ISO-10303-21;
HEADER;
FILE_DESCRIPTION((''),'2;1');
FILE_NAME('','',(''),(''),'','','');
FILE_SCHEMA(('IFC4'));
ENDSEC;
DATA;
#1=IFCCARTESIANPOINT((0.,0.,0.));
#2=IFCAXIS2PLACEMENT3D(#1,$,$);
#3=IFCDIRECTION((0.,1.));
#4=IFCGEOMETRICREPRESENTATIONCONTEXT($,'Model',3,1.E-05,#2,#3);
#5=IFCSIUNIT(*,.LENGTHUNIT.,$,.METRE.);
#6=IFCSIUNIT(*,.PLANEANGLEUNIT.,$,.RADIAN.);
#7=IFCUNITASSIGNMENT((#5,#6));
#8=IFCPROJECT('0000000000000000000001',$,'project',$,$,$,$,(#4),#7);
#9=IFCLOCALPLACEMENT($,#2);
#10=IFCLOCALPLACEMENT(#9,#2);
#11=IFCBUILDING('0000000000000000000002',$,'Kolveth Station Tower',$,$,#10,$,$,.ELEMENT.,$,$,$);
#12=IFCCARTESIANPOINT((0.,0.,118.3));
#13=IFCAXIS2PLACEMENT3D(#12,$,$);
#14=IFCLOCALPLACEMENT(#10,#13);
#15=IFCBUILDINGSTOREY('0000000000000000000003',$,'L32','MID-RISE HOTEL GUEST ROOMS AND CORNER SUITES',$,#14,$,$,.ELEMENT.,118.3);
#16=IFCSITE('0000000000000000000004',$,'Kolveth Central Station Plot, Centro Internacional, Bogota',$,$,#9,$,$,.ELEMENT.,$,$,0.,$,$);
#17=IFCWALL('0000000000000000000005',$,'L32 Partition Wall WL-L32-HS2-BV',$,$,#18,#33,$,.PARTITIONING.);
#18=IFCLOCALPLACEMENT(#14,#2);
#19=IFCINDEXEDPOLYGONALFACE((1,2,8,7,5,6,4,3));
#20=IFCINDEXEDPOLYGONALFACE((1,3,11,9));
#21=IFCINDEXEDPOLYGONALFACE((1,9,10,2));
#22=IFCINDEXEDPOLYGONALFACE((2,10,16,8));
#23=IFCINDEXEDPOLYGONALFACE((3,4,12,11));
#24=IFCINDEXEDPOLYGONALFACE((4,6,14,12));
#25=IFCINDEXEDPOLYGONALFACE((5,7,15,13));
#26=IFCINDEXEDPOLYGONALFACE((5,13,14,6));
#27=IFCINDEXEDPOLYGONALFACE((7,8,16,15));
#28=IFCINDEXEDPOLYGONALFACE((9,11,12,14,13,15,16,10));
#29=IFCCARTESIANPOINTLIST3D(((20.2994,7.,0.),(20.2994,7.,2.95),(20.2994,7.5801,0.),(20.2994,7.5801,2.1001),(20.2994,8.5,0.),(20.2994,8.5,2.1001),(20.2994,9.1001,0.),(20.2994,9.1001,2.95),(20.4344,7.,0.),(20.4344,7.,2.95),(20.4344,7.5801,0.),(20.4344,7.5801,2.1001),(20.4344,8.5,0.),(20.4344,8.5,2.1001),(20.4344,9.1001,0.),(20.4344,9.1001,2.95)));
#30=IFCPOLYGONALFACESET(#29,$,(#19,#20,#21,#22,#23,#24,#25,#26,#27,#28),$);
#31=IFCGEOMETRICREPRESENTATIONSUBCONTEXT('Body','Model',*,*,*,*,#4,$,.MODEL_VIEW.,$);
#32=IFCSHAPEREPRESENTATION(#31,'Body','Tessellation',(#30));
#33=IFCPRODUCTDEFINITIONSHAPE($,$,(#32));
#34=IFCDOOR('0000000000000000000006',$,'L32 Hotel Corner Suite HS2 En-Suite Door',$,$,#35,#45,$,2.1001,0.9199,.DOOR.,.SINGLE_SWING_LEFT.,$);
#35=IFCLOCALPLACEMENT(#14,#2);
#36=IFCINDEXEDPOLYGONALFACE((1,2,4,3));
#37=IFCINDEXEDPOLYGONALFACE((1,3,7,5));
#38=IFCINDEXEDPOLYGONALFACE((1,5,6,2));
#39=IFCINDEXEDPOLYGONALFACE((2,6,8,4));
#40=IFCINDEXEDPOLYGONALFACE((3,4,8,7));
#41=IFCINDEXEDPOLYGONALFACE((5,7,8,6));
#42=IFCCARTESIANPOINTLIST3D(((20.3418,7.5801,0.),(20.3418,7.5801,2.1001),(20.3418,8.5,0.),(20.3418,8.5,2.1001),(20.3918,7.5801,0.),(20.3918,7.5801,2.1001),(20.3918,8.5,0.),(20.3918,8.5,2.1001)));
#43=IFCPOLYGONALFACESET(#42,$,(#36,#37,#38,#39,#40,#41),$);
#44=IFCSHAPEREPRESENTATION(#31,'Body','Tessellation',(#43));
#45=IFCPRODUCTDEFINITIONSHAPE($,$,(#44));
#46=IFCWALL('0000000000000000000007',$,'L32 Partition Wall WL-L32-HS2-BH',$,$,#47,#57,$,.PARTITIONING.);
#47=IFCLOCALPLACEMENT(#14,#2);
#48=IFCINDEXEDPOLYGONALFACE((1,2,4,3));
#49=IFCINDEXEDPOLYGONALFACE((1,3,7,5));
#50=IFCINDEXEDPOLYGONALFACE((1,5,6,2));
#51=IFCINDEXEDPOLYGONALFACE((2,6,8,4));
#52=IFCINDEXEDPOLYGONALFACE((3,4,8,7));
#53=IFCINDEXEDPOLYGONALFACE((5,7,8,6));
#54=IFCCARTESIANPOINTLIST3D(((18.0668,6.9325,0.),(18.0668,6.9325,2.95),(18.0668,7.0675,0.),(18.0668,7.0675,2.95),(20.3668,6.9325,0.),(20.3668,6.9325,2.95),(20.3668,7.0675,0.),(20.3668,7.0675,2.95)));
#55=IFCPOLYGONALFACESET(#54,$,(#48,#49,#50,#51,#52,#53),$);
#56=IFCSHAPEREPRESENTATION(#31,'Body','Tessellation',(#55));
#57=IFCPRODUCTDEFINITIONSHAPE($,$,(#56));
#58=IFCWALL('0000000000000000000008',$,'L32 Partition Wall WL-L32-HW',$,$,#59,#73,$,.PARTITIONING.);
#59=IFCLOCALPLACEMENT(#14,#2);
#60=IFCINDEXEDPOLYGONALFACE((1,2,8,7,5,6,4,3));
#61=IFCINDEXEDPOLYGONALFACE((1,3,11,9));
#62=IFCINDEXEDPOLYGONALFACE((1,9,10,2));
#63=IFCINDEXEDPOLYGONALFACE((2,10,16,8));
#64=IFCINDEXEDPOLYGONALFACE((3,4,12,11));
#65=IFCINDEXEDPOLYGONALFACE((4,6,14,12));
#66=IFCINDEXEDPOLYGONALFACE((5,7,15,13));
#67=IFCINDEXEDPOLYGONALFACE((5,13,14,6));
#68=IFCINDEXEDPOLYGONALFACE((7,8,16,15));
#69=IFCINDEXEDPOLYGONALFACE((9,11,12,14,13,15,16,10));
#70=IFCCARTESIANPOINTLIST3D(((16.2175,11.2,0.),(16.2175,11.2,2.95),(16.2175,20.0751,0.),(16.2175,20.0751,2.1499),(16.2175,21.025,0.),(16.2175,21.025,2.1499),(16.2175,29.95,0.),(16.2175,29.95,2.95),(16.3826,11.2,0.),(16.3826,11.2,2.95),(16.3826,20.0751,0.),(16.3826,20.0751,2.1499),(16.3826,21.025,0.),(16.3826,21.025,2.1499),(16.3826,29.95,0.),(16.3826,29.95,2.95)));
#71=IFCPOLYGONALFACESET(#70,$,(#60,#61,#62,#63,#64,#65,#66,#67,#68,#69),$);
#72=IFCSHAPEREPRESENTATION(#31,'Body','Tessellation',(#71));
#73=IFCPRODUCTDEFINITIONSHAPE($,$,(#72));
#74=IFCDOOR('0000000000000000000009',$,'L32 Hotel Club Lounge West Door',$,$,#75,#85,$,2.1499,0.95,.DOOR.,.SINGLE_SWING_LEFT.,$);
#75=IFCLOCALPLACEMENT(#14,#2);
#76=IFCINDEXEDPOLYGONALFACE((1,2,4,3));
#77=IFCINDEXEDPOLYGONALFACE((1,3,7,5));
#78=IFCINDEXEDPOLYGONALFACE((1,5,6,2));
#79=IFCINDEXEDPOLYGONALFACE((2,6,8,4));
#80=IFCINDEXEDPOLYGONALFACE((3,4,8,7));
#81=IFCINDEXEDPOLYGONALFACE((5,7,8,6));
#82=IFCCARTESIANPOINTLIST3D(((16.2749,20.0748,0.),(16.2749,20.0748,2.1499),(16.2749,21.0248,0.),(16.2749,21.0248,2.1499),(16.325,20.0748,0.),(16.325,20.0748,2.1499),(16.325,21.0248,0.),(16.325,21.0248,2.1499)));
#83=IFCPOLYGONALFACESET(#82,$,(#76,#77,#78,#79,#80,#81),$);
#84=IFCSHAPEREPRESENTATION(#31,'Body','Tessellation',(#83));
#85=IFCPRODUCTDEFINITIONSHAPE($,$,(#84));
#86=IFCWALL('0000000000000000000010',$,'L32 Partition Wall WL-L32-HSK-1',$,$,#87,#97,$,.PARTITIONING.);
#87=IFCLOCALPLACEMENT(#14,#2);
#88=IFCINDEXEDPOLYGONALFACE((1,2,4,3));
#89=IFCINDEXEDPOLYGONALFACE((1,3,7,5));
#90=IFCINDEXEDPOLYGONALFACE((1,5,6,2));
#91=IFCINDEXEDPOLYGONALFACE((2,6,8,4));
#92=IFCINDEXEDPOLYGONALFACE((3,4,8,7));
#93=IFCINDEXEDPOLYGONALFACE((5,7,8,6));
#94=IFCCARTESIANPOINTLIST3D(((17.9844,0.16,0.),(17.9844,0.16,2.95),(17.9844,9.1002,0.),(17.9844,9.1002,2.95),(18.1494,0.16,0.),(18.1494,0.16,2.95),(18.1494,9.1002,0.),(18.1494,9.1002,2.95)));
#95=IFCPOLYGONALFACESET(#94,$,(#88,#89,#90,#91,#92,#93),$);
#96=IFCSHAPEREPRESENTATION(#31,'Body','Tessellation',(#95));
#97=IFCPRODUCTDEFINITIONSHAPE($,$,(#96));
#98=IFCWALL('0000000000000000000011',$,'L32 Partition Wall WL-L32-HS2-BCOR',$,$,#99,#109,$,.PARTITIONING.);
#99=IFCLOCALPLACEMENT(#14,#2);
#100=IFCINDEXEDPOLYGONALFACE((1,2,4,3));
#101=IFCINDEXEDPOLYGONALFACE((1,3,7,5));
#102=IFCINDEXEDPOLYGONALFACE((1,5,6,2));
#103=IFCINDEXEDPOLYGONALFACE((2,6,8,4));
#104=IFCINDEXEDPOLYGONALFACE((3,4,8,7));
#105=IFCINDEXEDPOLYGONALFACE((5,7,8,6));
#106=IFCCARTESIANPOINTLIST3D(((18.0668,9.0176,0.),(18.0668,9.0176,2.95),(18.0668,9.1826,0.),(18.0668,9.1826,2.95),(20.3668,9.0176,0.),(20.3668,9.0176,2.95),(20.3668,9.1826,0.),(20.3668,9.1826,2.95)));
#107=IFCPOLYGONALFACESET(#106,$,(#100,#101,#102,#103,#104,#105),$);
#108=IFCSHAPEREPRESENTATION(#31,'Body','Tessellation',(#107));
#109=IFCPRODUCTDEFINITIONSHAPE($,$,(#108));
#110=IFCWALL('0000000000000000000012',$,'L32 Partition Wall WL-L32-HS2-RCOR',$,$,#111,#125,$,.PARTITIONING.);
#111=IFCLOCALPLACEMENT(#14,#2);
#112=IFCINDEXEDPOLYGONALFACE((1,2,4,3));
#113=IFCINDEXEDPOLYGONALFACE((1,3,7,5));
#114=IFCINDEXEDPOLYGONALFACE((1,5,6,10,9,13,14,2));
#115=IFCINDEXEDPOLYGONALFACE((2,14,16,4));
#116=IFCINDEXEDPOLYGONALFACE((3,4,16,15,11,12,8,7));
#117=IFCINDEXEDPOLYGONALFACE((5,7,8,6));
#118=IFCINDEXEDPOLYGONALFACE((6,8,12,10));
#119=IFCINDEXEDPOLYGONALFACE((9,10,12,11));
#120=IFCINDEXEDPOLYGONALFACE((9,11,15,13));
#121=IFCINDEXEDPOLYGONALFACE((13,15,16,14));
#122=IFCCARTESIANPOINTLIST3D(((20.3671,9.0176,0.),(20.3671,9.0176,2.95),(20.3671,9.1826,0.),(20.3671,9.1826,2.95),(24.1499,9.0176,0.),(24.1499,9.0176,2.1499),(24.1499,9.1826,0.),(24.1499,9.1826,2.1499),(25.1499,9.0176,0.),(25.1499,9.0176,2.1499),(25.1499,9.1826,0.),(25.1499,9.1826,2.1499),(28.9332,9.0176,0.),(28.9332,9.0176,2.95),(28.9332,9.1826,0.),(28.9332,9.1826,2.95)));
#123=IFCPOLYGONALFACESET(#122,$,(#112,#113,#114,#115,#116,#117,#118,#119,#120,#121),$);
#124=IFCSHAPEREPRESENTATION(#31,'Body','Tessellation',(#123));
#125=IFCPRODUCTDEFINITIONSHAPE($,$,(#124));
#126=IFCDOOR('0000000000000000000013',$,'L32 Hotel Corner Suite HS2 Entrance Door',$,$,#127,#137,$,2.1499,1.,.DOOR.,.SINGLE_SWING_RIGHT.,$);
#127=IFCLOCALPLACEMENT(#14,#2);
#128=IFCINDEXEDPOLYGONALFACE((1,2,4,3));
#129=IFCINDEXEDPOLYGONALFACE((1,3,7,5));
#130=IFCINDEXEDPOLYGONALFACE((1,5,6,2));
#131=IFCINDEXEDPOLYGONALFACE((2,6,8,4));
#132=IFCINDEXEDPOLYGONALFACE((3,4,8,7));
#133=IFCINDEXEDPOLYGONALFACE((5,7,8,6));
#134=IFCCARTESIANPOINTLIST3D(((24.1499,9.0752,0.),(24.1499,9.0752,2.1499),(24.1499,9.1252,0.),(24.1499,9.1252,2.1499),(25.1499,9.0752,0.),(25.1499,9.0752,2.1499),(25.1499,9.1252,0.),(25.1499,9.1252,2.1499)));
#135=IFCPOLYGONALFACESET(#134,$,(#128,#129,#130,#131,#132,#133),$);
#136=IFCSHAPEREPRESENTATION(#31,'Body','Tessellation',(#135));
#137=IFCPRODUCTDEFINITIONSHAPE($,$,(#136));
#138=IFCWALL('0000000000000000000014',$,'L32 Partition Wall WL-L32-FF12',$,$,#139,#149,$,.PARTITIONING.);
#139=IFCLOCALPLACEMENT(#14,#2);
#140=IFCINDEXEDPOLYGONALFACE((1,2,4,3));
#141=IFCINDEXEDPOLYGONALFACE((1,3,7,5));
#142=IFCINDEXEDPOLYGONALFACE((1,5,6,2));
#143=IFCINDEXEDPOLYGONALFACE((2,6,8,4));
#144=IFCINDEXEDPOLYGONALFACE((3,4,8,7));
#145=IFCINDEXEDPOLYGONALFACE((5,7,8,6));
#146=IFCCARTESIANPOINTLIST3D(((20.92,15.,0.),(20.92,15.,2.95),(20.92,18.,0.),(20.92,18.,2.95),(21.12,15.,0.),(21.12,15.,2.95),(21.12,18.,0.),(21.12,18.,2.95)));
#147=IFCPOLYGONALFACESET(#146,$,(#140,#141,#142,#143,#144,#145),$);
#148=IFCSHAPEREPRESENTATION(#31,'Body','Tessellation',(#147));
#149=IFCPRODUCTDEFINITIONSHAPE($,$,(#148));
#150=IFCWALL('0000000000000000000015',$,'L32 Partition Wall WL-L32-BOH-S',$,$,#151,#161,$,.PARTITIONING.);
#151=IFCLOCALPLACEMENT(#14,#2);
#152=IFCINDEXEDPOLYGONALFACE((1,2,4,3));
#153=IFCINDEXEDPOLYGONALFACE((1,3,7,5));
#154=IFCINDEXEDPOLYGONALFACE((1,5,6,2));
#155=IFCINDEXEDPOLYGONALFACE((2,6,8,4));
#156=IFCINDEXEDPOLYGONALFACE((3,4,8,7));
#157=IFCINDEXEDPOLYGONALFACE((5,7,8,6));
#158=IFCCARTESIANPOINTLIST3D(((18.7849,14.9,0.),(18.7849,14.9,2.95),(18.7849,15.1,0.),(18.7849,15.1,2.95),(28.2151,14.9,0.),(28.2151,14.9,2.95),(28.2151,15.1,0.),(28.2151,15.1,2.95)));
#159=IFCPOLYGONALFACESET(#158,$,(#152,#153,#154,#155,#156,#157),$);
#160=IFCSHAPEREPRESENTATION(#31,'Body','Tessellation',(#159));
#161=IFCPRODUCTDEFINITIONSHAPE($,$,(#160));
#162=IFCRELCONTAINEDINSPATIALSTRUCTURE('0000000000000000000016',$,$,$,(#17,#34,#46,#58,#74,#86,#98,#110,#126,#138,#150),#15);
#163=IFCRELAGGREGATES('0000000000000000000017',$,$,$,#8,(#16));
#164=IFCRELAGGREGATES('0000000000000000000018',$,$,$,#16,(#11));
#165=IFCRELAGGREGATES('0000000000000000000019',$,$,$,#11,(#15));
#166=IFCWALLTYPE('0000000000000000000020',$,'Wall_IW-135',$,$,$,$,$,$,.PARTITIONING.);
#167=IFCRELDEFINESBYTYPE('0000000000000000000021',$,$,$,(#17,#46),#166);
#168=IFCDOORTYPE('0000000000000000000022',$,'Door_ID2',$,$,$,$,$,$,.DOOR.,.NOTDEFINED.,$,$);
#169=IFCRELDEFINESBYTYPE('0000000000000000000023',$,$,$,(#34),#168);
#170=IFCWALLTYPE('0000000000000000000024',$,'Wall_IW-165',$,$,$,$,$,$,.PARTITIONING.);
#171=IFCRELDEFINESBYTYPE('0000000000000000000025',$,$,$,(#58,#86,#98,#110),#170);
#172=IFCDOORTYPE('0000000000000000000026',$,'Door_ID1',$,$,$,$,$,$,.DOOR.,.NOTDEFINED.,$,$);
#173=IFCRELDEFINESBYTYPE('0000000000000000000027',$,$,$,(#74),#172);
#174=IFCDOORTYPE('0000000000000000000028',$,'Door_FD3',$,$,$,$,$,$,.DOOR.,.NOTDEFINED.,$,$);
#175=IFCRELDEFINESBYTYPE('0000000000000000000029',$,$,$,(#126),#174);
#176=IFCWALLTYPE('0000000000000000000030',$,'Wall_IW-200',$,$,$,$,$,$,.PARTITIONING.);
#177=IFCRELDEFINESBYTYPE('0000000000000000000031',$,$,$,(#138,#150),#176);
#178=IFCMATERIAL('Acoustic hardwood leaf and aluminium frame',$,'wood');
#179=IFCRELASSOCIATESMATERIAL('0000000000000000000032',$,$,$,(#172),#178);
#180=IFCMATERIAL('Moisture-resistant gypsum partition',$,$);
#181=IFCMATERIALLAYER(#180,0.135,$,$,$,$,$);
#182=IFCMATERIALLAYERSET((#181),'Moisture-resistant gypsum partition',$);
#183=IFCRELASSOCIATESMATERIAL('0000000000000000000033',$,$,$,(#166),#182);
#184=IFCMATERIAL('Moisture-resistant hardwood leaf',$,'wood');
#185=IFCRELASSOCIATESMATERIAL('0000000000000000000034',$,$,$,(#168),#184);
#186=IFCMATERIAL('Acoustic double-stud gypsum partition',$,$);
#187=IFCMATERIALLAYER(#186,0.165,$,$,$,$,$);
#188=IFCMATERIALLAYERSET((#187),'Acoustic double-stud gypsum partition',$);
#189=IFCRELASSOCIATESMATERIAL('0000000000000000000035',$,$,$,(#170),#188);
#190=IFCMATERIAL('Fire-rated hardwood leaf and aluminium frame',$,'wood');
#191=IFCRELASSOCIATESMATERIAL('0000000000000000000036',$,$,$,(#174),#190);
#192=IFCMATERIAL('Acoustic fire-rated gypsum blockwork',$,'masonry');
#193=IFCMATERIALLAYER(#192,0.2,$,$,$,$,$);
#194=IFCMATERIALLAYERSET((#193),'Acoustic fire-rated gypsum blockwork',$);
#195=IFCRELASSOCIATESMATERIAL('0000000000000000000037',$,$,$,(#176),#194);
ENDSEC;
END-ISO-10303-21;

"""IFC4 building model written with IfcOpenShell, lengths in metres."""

from ifc_helpers import new_model, si_unit, direction, frame, frame_2d, origin, place, context, subcontext, project, spatial, rectangle, extrude, material, layer, layer_set, type_object, element, fill, save


model = new_model("IFC4")

# Units and contexts
model_context = context("Model", 3, precision=1e-05, world=origin(), true_north=direction((0.0, 1.0)))
body_context = subcontext(model_context, "Body", "Model", "MODEL_VIEW")
ifc_project = project(units=[si_unit("LENGTHUNIT", "METRE"), si_unit("PLANEANGLEUNIT", "RADIAN")], contexts=[model_context])

# Site, building, storey
site_placement = place(None, origin())
site = spatial("IfcSite", under=ifc_project, at=site_placement, Name="Kolveth Central Station Plot, Centro Internacional, Bogota", CompositionType="ELEMENT", RefElevation=0.0)
building_placement = place(site_placement, origin())
building = spatial("IfcBuilding", under=site, at=building_placement, Name="Kolveth Station Tower", CompositionType="ELEMENT")
storey_placement = place(building_placement, frame((0.0, 0.0, 118.3)))
storey = spatial("IfcBuildingStorey", under=building, at=storey_placement, Name="L32", Description="MID-RISE HOTEL GUEST ROOMS AND CORNER SUITES", CompositionType="ELEMENT", Elevation=118.3)

# Shared definitions
ifc_material_1 = material(Name="Acoustic hardwood leaf and aluminium frame", Category="wood")
door_type_1 = type_object("IfcDoorType", Name="Door_ID1", OperationType="NOTDEFINED", PredefinedType="DOOR", material=ifc_material_1)

# Wall, opening, door
ifc_material_2 = material(Name="Moisture-resistant gypsum partition")
ifc_layer_1 = layer(ifc_material_2, 0.135)
ifc_layer_set_1 = layer_set([ifc_layer_1], Name="Moisture-resistant gypsum partition")
wall_type_1 = type_object("IfcWallType", Name="Wall_IW-135", PredefinedType="PARTITIONING", material=ifc_layer_set_1)
wall_1_placement = place(storey_placement, frame((20.3669, 7.0, 0.0), z_axis=(0.0, 0.0, 1.0), x_axis=(0.0, 1.0, 0.0)))
wall_1 = element("IfcWall", 1, at=wall_1_placement, inside=storey, type_object=wall_type_1, Name="L32 Partition Wall WL-L32-HS2-BV", PredefinedType="PARTITIONING", context=body_context, shape_type="SweptSolid", body=[
    extrude(rectangle(XDim=2.1001, YDim=0.135, at=frame_2d((1.05, 0.0))), origin(), (0.0, 0.0, 1.0), 2.95),
])
opening_1_placement = place(wall_1_placement, frame((0.5801, 0.0, 0.0)))
opening_1 = element("IfcOpeningElement", 2, at=opening_1_placement, cuts=wall_1, PredefinedType="OPENING", context=body_context, shape_type="SweptSolid", body=[
    extrude(rectangle(XDim=0.9199, YDim=2.1001, at=frame_2d((0.46, 1.05))), frame((0.0, 0.0774, 0.0), z_axis=(0.0, -1.0, 0.0), x_axis=(1.0, 0.0, 0.0)), (0.0, 0.0, 1.0), 0.155),
])
ifc_material_3 = material(Name="Moisture-resistant hardwood leaf", Category="wood")
door_type_2 = type_object("IfcDoorType", Name="Door_ID2", OperationType="NOTDEFINED", PredefinedType="DOOR", material=ifc_material_3)
door_1_placement = place(opening_1_placement, frame((0.9199, 0.0, 0.0), z_axis=(0.0, 0.0, 1.0), x_axis=(-1.0, 0.0, 0.0)))
door_1 = element("IfcDoor", 3, at=door_1_placement, inside=storey, type_object=door_type_2, Name="L32 Hotel Corner Suite HS2 En-Suite Door", OperationType="SINGLE_SWING_LEFT", OverallHeight=2.1001, OverallWidth=0.9199, PredefinedType="DOOR", context=body_context, shape_type="SweptSolid", body=[
    extrude(rectangle(XDim=0.9199, YDim=2.1001, at=frame_2d((0.46, 1.05))), frame((0.0, 0.0249, 0.0), z_axis=(0.0, -1.0, 0.0), x_axis=(1.0, 0.0, 0.0)), (0.0, 0.0, 1.0), 0.05),
])
fill(opening_1, door_1)

# Wall
wall_2_placement = place(storey_placement, frame((18.0669, 7.0, 0.0), z_axis=(0.0, 0.0, 1.0), x_axis=(1.0, 0.0, 0.0)))
element("IfcWall", 4, at=wall_2_placement, inside=storey, type_object=wall_type_1, Name="L32 Partition Wall WL-L32-HS2-BH", PredefinedType="PARTITIONING", context=body_context, shape_type="SweptSolid", body=[
    extrude(rectangle(XDim=2.3, YDim=0.135, at=frame_2d((1.1499, 0.0))), origin(), (0.0, 0.0, 1.0), 2.95),
])

# Wall, opening, door
ifc_material_4 = material(Name="Acoustic double-stud gypsum partition")
ifc_layer_2 = layer(ifc_material_4, 0.165)
ifc_layer_set_2 = layer_set([ifc_layer_2], Name="Acoustic double-stud gypsum partition")
wall_type_2 = type_object("IfcWallType", Name="Wall_IW-165", PredefinedType="PARTITIONING", material=ifc_layer_set_2)
wall_3_placement = place(storey_placement, frame((16.3, 11.2, 0.0), z_axis=(0.0, 0.0, 1.0), x_axis=(0.0, 1.0, 0.0)))
wall_3 = element("IfcWall", 5, at=wall_3_placement, inside=storey, type_object=wall_type_2, Name="L32 Partition Wall WL-L32-HW", PredefinedType="PARTITIONING", context=body_context, shape_type="SweptSolid", body=[
    extrude(rectangle(XDim=18.75, YDim=0.165, at=frame_2d((9.375, 0.0))), origin(), (0.0, 0.0, 1.0), 2.95),
])
opening_2_placement = place(wall_3_placement, frame((8.875, 0.0, 0.0)))
opening_2 = element("IfcOpeningElement", 6, at=opening_2_placement, cuts=wall_3, PredefinedType="OPENING", context=body_context, shape_type="SweptSolid", body=[
    extrude(rectangle(XDim=0.95, YDim=2.1499, at=frame_2d((0.4751, 1.075))), frame((0.0, 0.0925, 0.0), z_axis=(0.0, -1.0, 0.0), x_axis=(1.0, 0.0, 0.0)), (0.0, 0.0, 1.0), 0.1851),
])
door_2_placement = place(opening_2_placement, frame((0.95, 0.0, 0.0), z_axis=(0.0, 0.0, 1.0), x_axis=(-1.0, 0.0, 0.0)))
door_2 = element("IfcDoor", 7, at=door_2_placement, inside=storey, type_object=door_type_1, Name="L32 Hotel Club Lounge West Door", OperationType="SINGLE_SWING_LEFT", OverallHeight=2.1499, OverallWidth=0.95, PredefinedType="DOOR", context=body_context, shape_type="SweptSolid", body=[
    extrude(rectangle(XDim=0.95, YDim=2.1499, at=frame_2d((0.4751, 1.075))), frame((0.0, 0.0249, 0.0), z_axis=(0.0, -1.0, 0.0), x_axis=(1.0, 0.0, 0.0)), (0.0, 0.0, 1.0), 0.05),
])
fill(opening_2, door_2)

# Walls
wall_4_placement = place(storey_placement, frame((18.0669, 0.1599, 0.0), z_axis=(0.0, 0.0, 1.0), x_axis=(0.0, 1.0, 0.0)))
element("IfcWall", 8, at=wall_4_placement, inside=storey, type_object=wall_type_2, Name="L32 Partition Wall WL-L32-HSK-1", PredefinedType="PARTITIONING", context=body_context, shape_type="SweptSolid", body=[
    extrude(rectangle(XDim=8.9402, YDim=0.165, at=frame_2d((4.4702, 0.0))), origin(), (0.0, 0.0, 1.0), 2.95),
])
wall_5_placement = place(storey_placement, frame((18.0669, 9.1001, 0.0), z_axis=(0.0, 0.0, 1.0), x_axis=(1.0, 0.0, 0.0)))
element("IfcWall", 9, at=wall_5_placement, inside=storey, type_object=wall_type_2, Name="L32 Partition Wall WL-L32-HS2-BCOR", PredefinedType="PARTITIONING", context=body_context, shape_type="SweptSolid", body=[
    extrude(rectangle(XDim=2.3, YDim=0.165, at=frame_2d((1.1499, 0.0))), origin(), (0.0, 0.0, 1.0), 2.95),
])

# Wall, opening, door
wall_6_placement = place(storey_placement, frame((20.3669, 9.1001, 0.0), z_axis=(0.0, 0.0, 1.0), x_axis=(1.0, 0.0, 0.0)))
wall_6 = element("IfcWall", 10, at=wall_6_placement, inside=storey, type_object=wall_type_2, Name="L32 Partition Wall WL-L32-HS2-RCOR", PredefinedType="PARTITIONING", context=body_context, shape_type="SweptSolid", body=[
    extrude(rectangle(XDim=8.5662, YDim=0.165, at=frame_2d((4.2832, 0.0))), origin(), (0.0, 0.0, 1.0), 2.95),
])
opening_3_placement = place(wall_6_placement, frame((3.783, 0.0, 0.0)))
opening_3 = element("IfcOpeningElement", 11, at=opening_3_placement, cuts=wall_6, PredefinedType="OPENING", context=body_context, shape_type="SweptSolid", body=[
    extrude(rectangle(XDim=1.0, YDim=2.1499, at=frame_2d((0.5, 1.075))), frame((0.0, 0.0925, 0.0), z_axis=(0.0, -1.0, 0.0), x_axis=(1.0, 0.0, 0.0)), (0.0, 0.0, 1.0), 0.1851),
])
ifc_material_5 = material(Name="Fire-rated hardwood leaf and aluminium frame", Category="wood")
door_type_3 = type_object("IfcDoorType", Name="Door_FD3", OperationType="NOTDEFINED", PredefinedType="DOOR", material=ifc_material_5)
door_3_placement = place(opening_3_placement, frame((1.0, 0.0, 0.0), z_axis=(0.0, 0.0, 1.0), x_axis=(-1.0, 0.0, 0.0)))
door_3 = element("IfcDoor", 12, at=door_3_placement, inside=storey, type_object=door_type_3, Name="L32 Hotel Corner Suite HS2 Entrance Door", OperationType="SINGLE_SWING_RIGHT", OverallHeight=2.1499, OverallWidth=1.0, PredefinedType="DOOR", context=body_context, shape_type="SweptSolid", body=[
    extrude(rectangle(XDim=1.0, YDim=2.1499, at=frame_2d((0.5, 1.075))), frame((0.0, 0.0249, 0.0), z_axis=(0.0, -1.0, 0.0), x_axis=(1.0, 0.0, 0.0)), (0.0, 0.0, 1.0), 0.05),
])
fill(opening_3, door_3)

# Walls
ifc_material_6 = material(Name="Acoustic fire-rated gypsum blockwork", Category="masonry")
ifc_layer_3 = layer(ifc_material_6, 0.2)
ifc_layer_set_3 = layer_set([ifc_layer_3], Name="Acoustic fire-rated gypsum blockwork")
wall_type_3 = type_object("IfcWallType", Name="Wall_IW-200", PredefinedType="PARTITIONING", material=ifc_layer_set_3)
wall_7_placement = place(storey_placement, frame((21.02, 15.0, 0.0), z_axis=(0.0, 0.0, 1.0), x_axis=(0.0, 1.0, 0.0)))
element("IfcWall", 13, at=wall_7_placement, inside=storey, type_object=wall_type_3, Name="L32 Partition Wall WL-L32-FF12", PredefinedType="PARTITIONING", context=body_context, shape_type="SweptSolid", body=[
    extrude(rectangle(XDim=3.0, YDim=0.2, at=frame_2d((1.5, 0.0))), origin(), (0.0, 0.0, 1.0), 2.95),
])
wall_8_placement = place(storey_placement, frame((18.7849, 15.0, 0.0), z_axis=(0.0, 0.0, 1.0), x_axis=(1.0, 0.0, 0.0)))
element("IfcWall", 14, at=wall_8_placement, inside=storey, type_object=wall_type_3, Name="L32 Partition Wall WL-L32-BOH-S", PredefinedType="PARTITIONING", context=body_context, shape_type="SweptSolid", body=[
    extrude(rectangle(XDim=9.4302, YDim=0.2, at=frame_2d((4.7151, 0.0))), origin(), (0.0, 0.0, 1.0), 2.95),
])

save(model, "model.ifc")
